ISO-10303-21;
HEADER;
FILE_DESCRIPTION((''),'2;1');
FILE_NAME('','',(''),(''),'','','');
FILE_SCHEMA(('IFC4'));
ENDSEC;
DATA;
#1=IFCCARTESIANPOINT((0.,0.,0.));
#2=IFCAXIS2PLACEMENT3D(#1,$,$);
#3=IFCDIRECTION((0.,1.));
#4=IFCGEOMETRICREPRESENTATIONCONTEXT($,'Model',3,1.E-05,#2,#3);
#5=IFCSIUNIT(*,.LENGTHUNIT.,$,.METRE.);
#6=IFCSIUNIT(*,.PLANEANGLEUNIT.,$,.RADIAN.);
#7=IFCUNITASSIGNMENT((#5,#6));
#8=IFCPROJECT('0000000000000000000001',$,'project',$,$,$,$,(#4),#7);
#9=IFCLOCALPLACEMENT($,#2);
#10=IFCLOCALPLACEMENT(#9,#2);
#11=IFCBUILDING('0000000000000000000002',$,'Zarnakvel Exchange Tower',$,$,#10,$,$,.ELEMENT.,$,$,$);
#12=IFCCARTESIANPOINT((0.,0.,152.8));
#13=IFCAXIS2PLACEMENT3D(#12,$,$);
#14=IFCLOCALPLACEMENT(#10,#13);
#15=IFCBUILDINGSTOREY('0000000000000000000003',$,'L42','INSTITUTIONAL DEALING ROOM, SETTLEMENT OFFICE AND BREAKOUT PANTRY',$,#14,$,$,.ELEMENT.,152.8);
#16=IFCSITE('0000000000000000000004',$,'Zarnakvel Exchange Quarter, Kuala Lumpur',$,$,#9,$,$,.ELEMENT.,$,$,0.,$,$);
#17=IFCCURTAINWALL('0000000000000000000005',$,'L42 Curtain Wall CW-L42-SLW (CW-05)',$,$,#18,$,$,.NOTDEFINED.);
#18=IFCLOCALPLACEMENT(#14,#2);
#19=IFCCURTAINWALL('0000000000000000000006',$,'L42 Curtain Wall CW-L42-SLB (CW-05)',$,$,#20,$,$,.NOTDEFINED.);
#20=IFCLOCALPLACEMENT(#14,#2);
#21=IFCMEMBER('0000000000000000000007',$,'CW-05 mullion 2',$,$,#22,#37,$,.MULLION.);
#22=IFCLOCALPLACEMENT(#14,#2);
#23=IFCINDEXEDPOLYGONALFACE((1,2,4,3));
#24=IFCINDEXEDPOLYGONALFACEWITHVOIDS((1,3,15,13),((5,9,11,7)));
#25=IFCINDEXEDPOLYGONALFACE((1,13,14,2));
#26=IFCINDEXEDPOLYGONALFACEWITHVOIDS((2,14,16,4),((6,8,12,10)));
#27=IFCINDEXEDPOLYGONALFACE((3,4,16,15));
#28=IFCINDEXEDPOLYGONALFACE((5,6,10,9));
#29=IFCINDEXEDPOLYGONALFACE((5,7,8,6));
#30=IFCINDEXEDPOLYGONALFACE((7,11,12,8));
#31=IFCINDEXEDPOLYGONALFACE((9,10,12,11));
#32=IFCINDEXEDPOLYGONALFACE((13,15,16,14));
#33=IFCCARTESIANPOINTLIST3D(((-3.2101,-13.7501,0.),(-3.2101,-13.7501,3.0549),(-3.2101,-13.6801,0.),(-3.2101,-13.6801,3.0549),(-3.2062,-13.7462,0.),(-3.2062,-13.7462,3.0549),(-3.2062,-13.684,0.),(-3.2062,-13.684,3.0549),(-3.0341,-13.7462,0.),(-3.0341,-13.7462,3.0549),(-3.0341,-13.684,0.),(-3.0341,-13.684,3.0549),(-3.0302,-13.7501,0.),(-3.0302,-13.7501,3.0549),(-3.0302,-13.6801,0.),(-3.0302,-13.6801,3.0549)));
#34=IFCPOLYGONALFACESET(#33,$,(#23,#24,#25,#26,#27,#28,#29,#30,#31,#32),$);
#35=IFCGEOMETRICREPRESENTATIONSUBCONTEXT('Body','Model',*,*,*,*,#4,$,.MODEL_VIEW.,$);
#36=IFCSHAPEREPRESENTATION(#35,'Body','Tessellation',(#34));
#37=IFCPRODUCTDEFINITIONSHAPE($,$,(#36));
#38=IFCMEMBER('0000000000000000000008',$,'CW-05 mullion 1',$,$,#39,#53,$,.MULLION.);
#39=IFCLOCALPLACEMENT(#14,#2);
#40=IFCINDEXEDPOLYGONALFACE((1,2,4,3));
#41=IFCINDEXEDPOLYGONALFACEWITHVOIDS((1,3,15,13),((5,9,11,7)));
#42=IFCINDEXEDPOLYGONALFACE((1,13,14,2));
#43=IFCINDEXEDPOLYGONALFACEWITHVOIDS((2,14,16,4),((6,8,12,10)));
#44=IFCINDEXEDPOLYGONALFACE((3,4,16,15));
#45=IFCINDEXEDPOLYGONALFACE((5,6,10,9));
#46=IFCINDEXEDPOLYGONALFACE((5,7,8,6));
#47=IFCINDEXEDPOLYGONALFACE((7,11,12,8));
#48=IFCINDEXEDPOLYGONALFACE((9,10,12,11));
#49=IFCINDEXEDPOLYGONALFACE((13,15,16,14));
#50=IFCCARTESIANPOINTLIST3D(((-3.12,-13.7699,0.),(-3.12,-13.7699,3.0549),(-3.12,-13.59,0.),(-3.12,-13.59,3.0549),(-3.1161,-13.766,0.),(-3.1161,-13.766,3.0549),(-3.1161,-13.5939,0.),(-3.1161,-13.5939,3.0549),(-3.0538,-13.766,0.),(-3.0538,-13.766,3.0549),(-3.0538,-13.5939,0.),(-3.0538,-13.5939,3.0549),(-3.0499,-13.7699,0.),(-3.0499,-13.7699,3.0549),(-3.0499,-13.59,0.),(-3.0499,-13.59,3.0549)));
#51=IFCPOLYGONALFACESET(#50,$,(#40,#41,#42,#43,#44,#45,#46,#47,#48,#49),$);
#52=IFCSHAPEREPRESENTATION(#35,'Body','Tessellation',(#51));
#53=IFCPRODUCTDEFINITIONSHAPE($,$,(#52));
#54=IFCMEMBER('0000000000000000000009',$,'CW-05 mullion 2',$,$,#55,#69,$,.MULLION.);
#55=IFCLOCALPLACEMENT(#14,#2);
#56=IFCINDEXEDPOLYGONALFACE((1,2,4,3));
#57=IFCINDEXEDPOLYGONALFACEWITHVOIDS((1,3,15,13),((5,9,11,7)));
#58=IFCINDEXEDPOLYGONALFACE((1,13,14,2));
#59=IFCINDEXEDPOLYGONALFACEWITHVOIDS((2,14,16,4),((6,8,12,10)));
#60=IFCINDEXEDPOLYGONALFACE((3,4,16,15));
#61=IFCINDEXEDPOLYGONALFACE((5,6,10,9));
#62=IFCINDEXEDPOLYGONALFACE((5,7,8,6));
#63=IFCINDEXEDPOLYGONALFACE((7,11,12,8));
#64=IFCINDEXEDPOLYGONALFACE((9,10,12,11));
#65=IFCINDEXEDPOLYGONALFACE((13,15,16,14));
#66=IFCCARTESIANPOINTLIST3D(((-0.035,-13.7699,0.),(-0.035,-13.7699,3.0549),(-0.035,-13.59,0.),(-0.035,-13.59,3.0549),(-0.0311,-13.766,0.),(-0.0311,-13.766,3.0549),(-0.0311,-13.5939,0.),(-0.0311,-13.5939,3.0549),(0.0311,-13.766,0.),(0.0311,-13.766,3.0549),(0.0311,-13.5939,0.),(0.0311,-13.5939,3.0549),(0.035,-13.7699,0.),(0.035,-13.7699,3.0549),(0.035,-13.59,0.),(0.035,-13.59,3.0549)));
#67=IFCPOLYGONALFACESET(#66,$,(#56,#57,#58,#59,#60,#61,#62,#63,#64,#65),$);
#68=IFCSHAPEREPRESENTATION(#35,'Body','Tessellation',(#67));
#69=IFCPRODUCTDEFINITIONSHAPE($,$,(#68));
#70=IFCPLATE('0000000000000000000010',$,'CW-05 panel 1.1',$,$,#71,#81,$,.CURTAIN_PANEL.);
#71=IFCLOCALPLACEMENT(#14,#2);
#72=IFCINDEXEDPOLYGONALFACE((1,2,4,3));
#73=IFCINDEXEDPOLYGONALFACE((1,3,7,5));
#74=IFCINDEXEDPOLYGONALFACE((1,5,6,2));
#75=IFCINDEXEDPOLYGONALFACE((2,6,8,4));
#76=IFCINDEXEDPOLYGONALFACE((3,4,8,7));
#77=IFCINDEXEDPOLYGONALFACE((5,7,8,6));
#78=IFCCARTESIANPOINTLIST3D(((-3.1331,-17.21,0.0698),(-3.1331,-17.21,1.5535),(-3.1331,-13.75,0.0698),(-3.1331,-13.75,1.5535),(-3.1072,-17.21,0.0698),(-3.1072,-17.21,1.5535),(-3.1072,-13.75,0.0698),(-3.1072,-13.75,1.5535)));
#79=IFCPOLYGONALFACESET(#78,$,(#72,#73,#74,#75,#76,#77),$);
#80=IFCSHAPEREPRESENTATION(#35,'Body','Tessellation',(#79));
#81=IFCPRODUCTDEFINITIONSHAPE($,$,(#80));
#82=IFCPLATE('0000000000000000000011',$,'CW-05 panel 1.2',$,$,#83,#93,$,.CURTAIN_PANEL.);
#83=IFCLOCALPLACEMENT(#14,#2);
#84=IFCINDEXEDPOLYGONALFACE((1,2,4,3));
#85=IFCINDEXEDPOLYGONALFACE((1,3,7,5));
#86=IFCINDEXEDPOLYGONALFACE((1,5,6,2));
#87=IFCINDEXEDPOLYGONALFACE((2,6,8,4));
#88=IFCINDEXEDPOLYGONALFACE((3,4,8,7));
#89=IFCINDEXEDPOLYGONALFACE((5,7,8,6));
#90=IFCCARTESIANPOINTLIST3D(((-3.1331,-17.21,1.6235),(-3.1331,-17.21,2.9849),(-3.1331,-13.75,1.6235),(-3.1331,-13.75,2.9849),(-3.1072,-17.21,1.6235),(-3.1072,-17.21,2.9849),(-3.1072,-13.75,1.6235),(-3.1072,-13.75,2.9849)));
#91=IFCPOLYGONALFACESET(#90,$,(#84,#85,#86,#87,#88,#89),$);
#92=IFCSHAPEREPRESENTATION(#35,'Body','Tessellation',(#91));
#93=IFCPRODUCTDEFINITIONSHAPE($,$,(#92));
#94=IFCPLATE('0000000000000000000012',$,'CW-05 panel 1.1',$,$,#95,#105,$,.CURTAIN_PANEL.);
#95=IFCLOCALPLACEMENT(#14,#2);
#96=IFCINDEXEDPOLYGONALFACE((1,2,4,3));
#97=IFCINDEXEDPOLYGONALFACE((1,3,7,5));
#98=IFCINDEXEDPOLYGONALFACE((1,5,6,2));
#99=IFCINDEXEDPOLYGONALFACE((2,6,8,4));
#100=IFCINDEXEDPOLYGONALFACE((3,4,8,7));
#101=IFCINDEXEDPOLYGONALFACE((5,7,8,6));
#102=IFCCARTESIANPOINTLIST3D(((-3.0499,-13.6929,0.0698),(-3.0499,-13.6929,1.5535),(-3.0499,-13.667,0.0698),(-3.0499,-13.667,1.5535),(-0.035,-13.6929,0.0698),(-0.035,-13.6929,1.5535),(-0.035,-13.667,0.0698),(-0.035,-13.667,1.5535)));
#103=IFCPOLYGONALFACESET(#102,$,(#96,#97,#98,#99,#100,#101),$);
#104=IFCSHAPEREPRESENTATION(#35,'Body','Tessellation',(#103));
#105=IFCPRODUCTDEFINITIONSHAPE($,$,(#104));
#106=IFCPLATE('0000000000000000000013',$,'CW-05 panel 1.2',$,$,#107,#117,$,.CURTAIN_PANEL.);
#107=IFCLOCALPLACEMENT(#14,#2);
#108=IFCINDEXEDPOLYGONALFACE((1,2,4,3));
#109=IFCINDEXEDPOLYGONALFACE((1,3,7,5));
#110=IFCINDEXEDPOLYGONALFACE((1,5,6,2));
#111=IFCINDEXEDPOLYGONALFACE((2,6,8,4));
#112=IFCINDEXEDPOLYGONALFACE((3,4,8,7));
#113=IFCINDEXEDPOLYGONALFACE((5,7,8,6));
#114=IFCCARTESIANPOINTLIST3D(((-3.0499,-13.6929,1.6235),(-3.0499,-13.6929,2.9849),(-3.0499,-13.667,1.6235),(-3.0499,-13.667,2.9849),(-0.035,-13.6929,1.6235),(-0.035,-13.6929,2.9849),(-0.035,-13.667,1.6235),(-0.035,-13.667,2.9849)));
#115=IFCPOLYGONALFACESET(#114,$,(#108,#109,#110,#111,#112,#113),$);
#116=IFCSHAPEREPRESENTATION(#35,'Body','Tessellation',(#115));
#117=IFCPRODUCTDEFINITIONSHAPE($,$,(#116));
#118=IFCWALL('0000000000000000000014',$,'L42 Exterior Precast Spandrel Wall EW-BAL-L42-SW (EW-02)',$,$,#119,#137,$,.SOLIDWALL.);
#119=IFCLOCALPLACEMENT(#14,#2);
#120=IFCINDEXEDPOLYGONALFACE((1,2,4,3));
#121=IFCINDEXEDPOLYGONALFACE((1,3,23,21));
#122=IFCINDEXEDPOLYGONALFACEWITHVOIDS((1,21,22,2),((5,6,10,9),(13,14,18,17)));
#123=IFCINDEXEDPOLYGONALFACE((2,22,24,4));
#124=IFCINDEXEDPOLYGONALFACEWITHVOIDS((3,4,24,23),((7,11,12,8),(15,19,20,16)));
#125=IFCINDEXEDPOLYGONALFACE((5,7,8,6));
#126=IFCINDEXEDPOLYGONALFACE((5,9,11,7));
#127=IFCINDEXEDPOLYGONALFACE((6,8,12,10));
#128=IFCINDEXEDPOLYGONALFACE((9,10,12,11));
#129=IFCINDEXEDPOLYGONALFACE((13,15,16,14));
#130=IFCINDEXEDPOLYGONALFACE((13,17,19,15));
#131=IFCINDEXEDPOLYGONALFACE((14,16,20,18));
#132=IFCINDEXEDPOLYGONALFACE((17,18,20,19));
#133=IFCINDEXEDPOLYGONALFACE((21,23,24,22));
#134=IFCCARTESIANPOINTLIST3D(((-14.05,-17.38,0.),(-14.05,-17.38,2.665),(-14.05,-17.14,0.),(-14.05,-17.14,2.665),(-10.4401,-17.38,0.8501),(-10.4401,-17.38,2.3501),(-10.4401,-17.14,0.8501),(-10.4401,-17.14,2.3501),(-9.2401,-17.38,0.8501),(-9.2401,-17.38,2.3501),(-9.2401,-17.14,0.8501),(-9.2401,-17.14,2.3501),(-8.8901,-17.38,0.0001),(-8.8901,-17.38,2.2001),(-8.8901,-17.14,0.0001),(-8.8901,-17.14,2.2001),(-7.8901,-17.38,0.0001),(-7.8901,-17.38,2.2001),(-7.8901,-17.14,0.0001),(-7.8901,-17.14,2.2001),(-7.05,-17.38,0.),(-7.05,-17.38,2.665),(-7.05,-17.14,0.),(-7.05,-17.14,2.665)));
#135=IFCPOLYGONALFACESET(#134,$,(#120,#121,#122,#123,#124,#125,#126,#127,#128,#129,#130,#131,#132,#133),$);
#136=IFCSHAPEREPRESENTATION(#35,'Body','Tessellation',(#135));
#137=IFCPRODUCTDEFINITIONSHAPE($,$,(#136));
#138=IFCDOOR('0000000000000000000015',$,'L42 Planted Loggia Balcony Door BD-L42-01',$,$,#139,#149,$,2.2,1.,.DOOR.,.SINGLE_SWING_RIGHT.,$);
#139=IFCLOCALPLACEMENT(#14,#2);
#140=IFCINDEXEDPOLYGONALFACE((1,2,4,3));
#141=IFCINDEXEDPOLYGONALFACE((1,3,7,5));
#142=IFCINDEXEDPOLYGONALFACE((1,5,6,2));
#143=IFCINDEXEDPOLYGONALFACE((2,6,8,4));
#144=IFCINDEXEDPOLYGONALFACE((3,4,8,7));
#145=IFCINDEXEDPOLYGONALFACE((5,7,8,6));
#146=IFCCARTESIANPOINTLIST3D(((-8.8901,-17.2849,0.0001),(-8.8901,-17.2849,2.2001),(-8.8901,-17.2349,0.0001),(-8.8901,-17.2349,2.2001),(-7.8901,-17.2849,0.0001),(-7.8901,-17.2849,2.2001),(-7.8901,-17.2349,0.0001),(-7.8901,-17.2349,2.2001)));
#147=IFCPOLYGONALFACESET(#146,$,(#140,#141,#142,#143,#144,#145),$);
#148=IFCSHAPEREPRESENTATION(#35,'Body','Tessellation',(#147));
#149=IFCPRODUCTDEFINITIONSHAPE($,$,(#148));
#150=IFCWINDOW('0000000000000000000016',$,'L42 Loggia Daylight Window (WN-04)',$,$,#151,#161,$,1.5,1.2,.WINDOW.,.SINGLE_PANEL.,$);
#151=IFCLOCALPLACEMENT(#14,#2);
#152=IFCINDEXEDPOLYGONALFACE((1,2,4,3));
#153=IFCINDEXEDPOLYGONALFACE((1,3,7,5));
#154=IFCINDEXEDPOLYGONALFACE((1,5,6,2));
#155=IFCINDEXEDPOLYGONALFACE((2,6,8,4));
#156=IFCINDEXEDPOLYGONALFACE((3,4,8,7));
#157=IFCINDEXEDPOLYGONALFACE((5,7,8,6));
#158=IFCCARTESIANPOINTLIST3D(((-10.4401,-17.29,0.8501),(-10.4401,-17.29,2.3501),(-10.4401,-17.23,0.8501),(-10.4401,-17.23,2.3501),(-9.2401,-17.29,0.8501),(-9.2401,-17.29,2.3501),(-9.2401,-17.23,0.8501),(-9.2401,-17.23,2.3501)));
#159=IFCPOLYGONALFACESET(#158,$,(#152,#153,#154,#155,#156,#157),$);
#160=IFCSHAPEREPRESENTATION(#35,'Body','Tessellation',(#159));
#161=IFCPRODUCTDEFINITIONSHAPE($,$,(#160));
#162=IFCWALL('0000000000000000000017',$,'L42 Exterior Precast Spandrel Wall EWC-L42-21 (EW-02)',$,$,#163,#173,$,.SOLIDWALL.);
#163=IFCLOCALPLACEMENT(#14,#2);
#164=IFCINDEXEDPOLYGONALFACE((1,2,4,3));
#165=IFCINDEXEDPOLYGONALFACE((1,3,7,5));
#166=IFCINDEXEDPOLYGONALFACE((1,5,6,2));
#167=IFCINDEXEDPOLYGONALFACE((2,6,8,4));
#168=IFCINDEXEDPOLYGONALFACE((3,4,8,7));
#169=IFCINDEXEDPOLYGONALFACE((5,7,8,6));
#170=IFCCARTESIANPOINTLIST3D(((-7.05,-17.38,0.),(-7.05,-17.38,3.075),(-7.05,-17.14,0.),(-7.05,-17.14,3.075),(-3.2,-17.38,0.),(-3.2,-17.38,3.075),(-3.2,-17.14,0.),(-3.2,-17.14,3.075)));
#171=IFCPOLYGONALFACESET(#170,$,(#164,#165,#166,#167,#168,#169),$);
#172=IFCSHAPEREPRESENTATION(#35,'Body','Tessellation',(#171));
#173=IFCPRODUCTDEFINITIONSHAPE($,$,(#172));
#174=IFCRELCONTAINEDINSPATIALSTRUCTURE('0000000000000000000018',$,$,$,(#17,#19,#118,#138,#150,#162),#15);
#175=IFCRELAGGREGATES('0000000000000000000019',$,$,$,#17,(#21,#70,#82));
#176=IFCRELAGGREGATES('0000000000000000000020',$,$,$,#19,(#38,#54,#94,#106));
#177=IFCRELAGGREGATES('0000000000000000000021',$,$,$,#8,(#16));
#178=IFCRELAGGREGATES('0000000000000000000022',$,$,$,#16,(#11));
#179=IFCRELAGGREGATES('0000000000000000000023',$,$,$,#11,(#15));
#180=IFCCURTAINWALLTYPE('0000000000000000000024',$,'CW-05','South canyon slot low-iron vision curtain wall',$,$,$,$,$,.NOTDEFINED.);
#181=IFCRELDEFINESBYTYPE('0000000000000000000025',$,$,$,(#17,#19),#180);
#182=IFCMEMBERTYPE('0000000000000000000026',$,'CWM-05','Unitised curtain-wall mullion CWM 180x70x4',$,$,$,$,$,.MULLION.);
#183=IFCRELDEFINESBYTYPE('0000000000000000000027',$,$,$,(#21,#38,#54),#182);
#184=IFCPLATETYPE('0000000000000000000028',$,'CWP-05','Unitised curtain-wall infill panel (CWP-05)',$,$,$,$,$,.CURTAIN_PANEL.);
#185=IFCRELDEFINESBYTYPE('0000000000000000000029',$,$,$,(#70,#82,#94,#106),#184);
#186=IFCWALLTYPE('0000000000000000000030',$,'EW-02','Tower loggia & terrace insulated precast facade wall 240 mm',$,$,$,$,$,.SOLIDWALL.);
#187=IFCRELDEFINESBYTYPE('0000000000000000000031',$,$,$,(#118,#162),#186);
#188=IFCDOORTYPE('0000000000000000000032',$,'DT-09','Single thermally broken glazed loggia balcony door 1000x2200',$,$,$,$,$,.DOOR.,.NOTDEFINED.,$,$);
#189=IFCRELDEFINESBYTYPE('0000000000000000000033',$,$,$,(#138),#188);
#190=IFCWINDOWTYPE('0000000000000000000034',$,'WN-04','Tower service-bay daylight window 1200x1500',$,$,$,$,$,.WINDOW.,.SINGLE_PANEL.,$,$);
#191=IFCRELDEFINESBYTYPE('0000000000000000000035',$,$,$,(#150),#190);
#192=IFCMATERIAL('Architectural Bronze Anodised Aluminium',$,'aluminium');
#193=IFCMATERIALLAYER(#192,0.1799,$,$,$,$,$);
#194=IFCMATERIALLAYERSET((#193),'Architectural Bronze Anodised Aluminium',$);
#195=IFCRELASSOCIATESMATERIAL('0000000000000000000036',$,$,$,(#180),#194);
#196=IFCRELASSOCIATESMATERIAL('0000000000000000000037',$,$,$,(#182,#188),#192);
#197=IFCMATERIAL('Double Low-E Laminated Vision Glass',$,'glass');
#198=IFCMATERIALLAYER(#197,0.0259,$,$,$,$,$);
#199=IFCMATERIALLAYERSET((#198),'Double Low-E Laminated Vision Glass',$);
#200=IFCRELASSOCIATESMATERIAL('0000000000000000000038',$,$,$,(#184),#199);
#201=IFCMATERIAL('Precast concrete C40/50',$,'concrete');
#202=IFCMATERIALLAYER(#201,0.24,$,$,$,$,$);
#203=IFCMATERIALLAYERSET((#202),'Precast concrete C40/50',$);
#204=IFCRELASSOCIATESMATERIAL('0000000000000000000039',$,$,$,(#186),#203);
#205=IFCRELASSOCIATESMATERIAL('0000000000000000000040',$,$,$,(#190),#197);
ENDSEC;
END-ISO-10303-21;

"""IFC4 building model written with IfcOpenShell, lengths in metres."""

from ifc_helpers import new_model, si_unit, direction, frame, frame_2d, origin, origin_2d, place, context, subcontext, project, spatial, rectangle, hollow_rectangle, extrude, source, transform, mapped, material, layer, layer_set, material_profile, profile_set, type_object, element, fill, aggregate, save


model = new_model("IFC4")

# Units and contexts
model_context = context("Model", 3, precision=1e-05, world=origin(), true_north=direction((0.0, 1.0)))
body_context = subcontext(model_context, "Body", "Model", "MODEL_VIEW")
ifc_project = project(units=[si_unit("LENGTHUNIT", "METRE"), si_unit("PLANEANGLEUNIT", "RADIAN")], contexts=[model_context])

# Site, building, storey
site_placement = place(None, origin())
site = spatial("IfcSite", under=ifc_project, at=site_placement, Name="Zarnakvel Exchange Quarter, Kuala Lumpur", CompositionType="ELEMENT", RefElevation=0.0)
building_placement = place(site_placement, origin())
building = spatial("IfcBuilding", under=site, at=building_placement, Name="Zarnakvel Exchange Tower", CompositionType="ELEMENT")
storey_placement = place(building_placement, frame((0.0, 0.0, 152.8)))
storey = spatial("IfcBuildingStorey", under=building, at=storey_placement, Name="L42", Description="INSTITUTIONAL DEALING ROOM, SETTLEMENT OFFICE AND BREAKOUT PANTRY", CompositionType="ELEMENT", Elevation=152.8)

# Curtain walls
ifc_material_1 = material(Name="Architectural Bronze Anodised Aluminium", Category="aluminium")
ifc_layer_1 = layer(ifc_material_1, 0.1799)
ifc_layer_set_1 = layer_set([ifc_layer_1], Name="Architectural Bronze Anodised Aluminium")
curtain_wall_type = type_object("IfcCurtainWallType", Name="CW-05", Description="South canyon slot low-iron vision curtain wall", PredefinedType="NOTDEFINED", material=ifc_layer_set_1)
curtain_wall_1_placement = place(storey_placement, origin())
curtain_wall_1 = element("IfcCurtainWall", 1, at=curtain_wall_1_placement, inside=storey, type_object=curtain_wall_type, Name="L42 Curtain Wall CW-L42-SLW (CW-05)", PredefinedType="NOTDEFINED")
curtain_wall_2_placement = place(storey_placement, origin())
curtain_wall_2 = element("IfcCurtainWall", 2, at=curtain_wall_2_placement, inside=storey, type_object=curtain_wall_type, Name="L42 Curtain Wall CW-L42-SLB (CW-05)", PredefinedType="NOTDEFINED")

# Members
ifc_material_profile_1 = material_profile(ifc_material_1, hollow_rectangle(XDim=0.1799, YDim=0.0701, WallThickness=0.0039, at=origin_2d()))
ifc_profile_set_1 = profile_set([ifc_material_profile_1], Name="Architectural Bronze Anodised Aluminium")
member_type_1 = type_object("IfcMemberType", Name="CWM-05", Description="Unitised curtain-wall mullion CWM 180x70x4", PredefinedType="MULLION", material=ifc_profile_set_1)
shared_shape_1 = source(origin(), body_context, "Body", "SweptSolid", [
    extrude(hollow_rectangle(XDim=0.1799, YDim=0.0701, WallThickness=0.0039, at=origin_2d()), origin(), (0.0, 0.0, 1.0), 3.0549),
])
member_1_placement = place(storey_placement, frame((-3.1201, -13.7151, 0.0), z_axis=(0.0, 0.0, 1.0), x_axis=(-1.0, 0.0, 0.0)))
member_1 = element("IfcMember", 3, at=member_1_placement, type_object=member_type_1, Name="CW-05 mullion 2", PredefinedType="MULLION", context=body_context, shape_type="MappedRepresentation", body=[
    mapped(shared_shape_1, transform((0.0, 0.0, 0.0), x_axis=(1.0, 0.0, 0.0), y_axis=(0.0, 1.0, 0.0), z_axis=(0.0, 0.0, 1.0), scale=1.0)),
])
member_2_placement = place(storey_placement, frame((-3.085, -13.6799, 0.0), z_axis=(0.0, 0.0, 1.0), x_axis=(0.0, 1.0, 0.0)))
member_2 = element("IfcMember", 4, at=member_2_placement, type_object=member_type_1, Name="CW-05 mullion 1", PredefinedType="MULLION", context=body_context, shape_type="MappedRepresentation", body=[
    mapped(shared_shape_1, transform((0.0, 0.0, 0.0), x_axis=(1.0, 0.0, 0.0), y_axis=(0.0, 1.0, 0.0), z_axis=(0.0, 0.0, 1.0), scale=1.0)),
])
member_3_placement = place(storey_placement, frame((0.0, -13.6799, 0.0), z_axis=(0.0, 0.0, 1.0), x_axis=(0.0, 1.0, 0.0)))
member_3 = element("IfcMember", 5, at=member_3_placement, type_object=member_type_1, Name="CW-05 mullion 2", PredefinedType="MULLION", context=body_context, shape_type="MappedRepresentation", body=[
    mapped(shared_shape_1, transform((0.0, 0.0, 0.0), x_axis=(1.0, 0.0, 0.0), y_axis=(0.0, 1.0, 0.0), z_axis=(0.0, 0.0, 1.0), scale=1.0)),
])

# Plates
ifc_material_2 = material(Name="Double Low-E Laminated Vision Glass", Category="glass")
ifc_layer_2 = layer(ifc_material_2, 0.0259)
ifc_layer_set_2 = layer_set([ifc_layer_2], Name="Double Low-E Laminated Vision Glass")
plate_type = type_object("IfcPlateType", Name="CWP-05", Description="Unitised curtain-wall infill panel (CWP-05)", PredefinedType="CURTAIN_PANEL", material=ifc_layer_set_2)
shared_shape_2 = source(origin(), body_context, "Body", "SweptSolid", [
    extrude(rectangle(XDim=3.46, YDim=0.0259, at=origin_2d()), origin(), (0.0, 0.0, 1.0), 1.4836),
])
plate_1_placement = place(storey_placement, frame((-3.1201, -15.48, 0.0698), z_axis=(0.0, 0.0, 1.0), x_axis=(0.0, 1.0, 0.0)))
plate_1 = element("IfcPlate", 6, at=plate_1_placement, type_object=plate_type, Name="CW-05 panel 1.1", PredefinedType="CURTAIN_PANEL", context=body_context, shape_type="MappedRepresentation", body=[
    mapped(shared_shape_2, transform((0.0, 0.0, 0.0), x_axis=(1.0, 0.0, 0.0), y_axis=(0.0, 1.0, 0.0), z_axis=(0.0, 0.0, 1.0), scale=1.0)),
])
shared_shape_3 = source(origin(), body_context, "Body", "SweptSolid", [
    extrude(rectangle(XDim=3.46, YDim=0.0259, at=origin_2d()), origin(), (0.0, 0.0, 1.0), 1.3613),
])
plate_2_placement = place(storey_placement, frame((-3.1201, -15.48, 1.6235), z_axis=(0.0, 0.0, 1.0), x_axis=(0.0, 1.0, 0.0)))
plate_2 = element("IfcPlate", 7, at=plate_2_placement, type_object=plate_type, Name="CW-05 panel 1.2", PredefinedType="CURTAIN_PANEL", context=body_context, shape_type="MappedRepresentation", body=[
    mapped(shared_shape_3, transform((0.0, 0.0, 0.0), x_axis=(1.0, 0.0, 0.0), y_axis=(0.0, 1.0, 0.0), z_axis=(0.0, 0.0, 1.0), scale=1.0)),
])
aggregate(curtain_wall_1, [member_1, plate_1, plate_2])
shared_shape_4 = source(origin(), body_context, "Body", "SweptSolid", [
    extrude(rectangle(XDim=3.0149, YDim=0.0259, at=origin_2d()), origin(), (0.0, 0.0, 1.0), 1.4836),
])
plate_3_placement = place(storey_placement, frame((-1.5425, -13.6799, 0.0698), z_axis=(0.0, 0.0, 1.0), x_axis=(1.0, 0.0, 0.0)))
plate_3 = element("IfcPlate", 8, at=plate_3_placement, type_object=plate_type, Name="CW-05 panel 1.1", PredefinedType="CURTAIN_PANEL", context=body_context, shape_type="MappedRepresentation", body=[
    mapped(shared_shape_4, transform((0.0, 0.0, 0.0), x_axis=(1.0, 0.0, 0.0), y_axis=(0.0, 1.0, 0.0), z_axis=(0.0, 0.0, 1.0), scale=1.0)),
])
shared_shape_5 = source(origin(), body_context, "Body", "SweptSolid", [
    extrude(rectangle(XDim=3.0149, YDim=0.0259, at=origin_2d()), origin(), (0.0, 0.0, 1.0), 1.3613),
])
plate_4_placement = place(storey_placement, frame((-1.5425, -13.6799, 1.6235), z_axis=(0.0, 0.0, 1.0), x_axis=(1.0, 0.0, 0.0)))
plate_4 = element("IfcPlate", 9, at=plate_4_placement, type_object=plate_type, Name="CW-05 panel 1.2", PredefinedType="CURTAIN_PANEL", context=body_context, shape_type="MappedRepresentation", body=[
    mapped(shared_shape_5, transform((0.0, 0.0, 0.0), x_axis=(1.0, 0.0, 0.0), y_axis=(0.0, 1.0, 0.0), z_axis=(0.0, 0.0, 1.0), scale=1.0)),
])
aggregate(curtain_wall_2, [member_2, member_3, plate_3, plate_4])

# Wall, openings, door, window
ifc_material_3 = material(Name="Precast concrete C40/50", Category="concrete")
ifc_layer_3 = layer(ifc_material_3, 0.24)
ifc_layer_set_3 = layer_set([ifc_layer_3], Name="Precast concrete C40/50")
wall_type = type_object("IfcWallType", Name="EW-02", Description="Tower loggia & terrace insulated precast facade wall 240 mm", PredefinedType="SOLIDWALL", material=ifc_layer_set_3)
wall_1_placement = place(storey_placement, frame((-7.05, -17.26, 0.0), z_axis=(0.0, 0.0, 1.0), x_axis=(-1.0, 0.0, 0.0)))
wall_1 = element("IfcWall", 10, at=wall_1_placement, inside=storey, type_object=wall_type, Name="L42 Exterior Precast Spandrel Wall EW-BAL-L42-SW (EW-02)", PredefinedType="SOLIDWALL", context=body_context, shape_type="SweptSolid", body=[
    extrude(rectangle(XDim=7.0, YDim=0.24, at=frame_2d((3.5, 0.0))), origin(), (0.0, 0.0, 1.0), 2.665),
])
opening_1_placement = place(wall_1_placement, frame((0.8401, 0.0, 0.0)))
opening_1 = element("IfcOpeningElement", 11, at=opening_1_placement, cuts=wall_1, PredefinedType="OPENING", context=body_context, shape_type="SweptSolid", body=[
    extrude(rectangle(XDim=1.0, YDim=2.2, at=frame_2d((0.5, 1.1001))), frame((0.0, 0.1299, 0.0), z_axis=(0.0, -1.0, 0.0), x_axis=(1.0, 0.0, 0.0)), (0.0, 0.0, 1.0), 0.26),
])
opening_2_placement = place(wall_1_placement, frame((2.1899, 0.0, 0.8501)))
opening_2 = element("IfcOpeningElement", 12, at=opening_2_placement, cuts=wall_1, PredefinedType="OPENING", context=body_context, shape_type="SweptSolid", body=[
    extrude(rectangle(XDim=1.2, YDim=1.5, at=frame_2d((0.6001, 0.75))), frame((0.0, 0.1299, 0.0), z_axis=(0.0, -1.0, 0.0), x_axis=(1.0, 0.0, 0.0)), (0.0, 0.0, 1.0), 0.26),
])
door_type = type_object("IfcDoorType", Name="DT-09", Description="Single thermally broken glazed loggia balcony door 1000x2200", OperationType="NOTDEFINED", PredefinedType="DOOR", material=ifc_material_1)
shared_shape_6 = source(origin(), body_context, "Body", "SweptSolid", [
    extrude(rectangle(XDim=1.0, YDim=2.2, at=frame_2d((0.5, 1.1001))), frame((0.0, 0.0249, 0.0), z_axis=(0.0, -1.0, 0.0), x_axis=(1.0, 0.0, 0.0)), (0.0, 0.0, 1.0), 0.05),
])
door_placement = place(opening_1_placement, origin())
door = element("IfcDoor", 13, at=door_placement, inside=storey, type_object=door_type, Name="L42 Planted Loggia Balcony Door BD-L42-01", OperationType="SINGLE_SWING_RIGHT", OverallHeight=2.2, OverallWidth=1.0, PredefinedType="DOOR", context=body_context, shape_type="MappedRepresentation", body=[
    mapped(shared_shape_6, transform((0.0, 0.0, 0.0), x_axis=(1.0, 0.0, 0.0), y_axis=(0.0, 1.0, 0.0), z_axis=(0.0, 0.0, 1.0), scale=1.0)),
])
fill(opening_1, door)
window_type = type_object("IfcWindowType", Name="WN-04", Description="Tower service-bay daylight window 1200x1500", PartitioningType="SINGLE_PANEL", PredefinedType="WINDOW", material=ifc_material_2)
shared_shape_7 = source(origin(), body_context, "Body", "SweptSolid", [
    extrude(rectangle(XDim=1.2, YDim=1.5, at=frame_2d((0.6001, 0.75))), frame((0.0, 0.03, 0.0), z_axis=(0.0, -1.0, 0.0), x_axis=(1.0, 0.0, 0.0)), (0.0, 0.0, 1.0), 0.0601),
])
window_placement = place(opening_2_placement, origin())
window = element("IfcWindow", 14, at=window_placement, inside=storey, type_object=window_type, Name="L42 Loggia Daylight Window (WN-04)", OverallHeight=1.5, OverallWidth=1.2, PartitioningType="SINGLE_PANEL", PredefinedType="WINDOW", context=body_context, shape_type="MappedRepresentation", body=[
    mapped(shared_shape_7, transform((0.0, 0.0, 0.0), x_axis=(1.0, 0.0, 0.0), y_axis=(0.0, 1.0, 0.0), z_axis=(0.0, 0.0, 1.0), scale=1.0)),
])
fill(opening_2, window)

# Wall
wall_2_placement = place(storey_placement, frame((-7.05, -17.26, 0.0), z_axis=(0.0, 0.0, 1.0), x_axis=(1.0, 0.0, 0.0)))
element("IfcWall", 15, at=wall_2_placement, inside=storey, type_object=wall_type, Name="L42 Exterior Precast Spandrel Wall EWC-L42-21 (EW-02)", PredefinedType="SOLIDWALL", context=body_context, shape_type="SweptSolid", body=[
    extrude(rectangle(XDim=3.8501, YDim=0.24, at=frame_2d((1.925, 0.0))), origin(), (0.0, 0.0, 1.0), 3.075),
])

save(model, "model.ifc")
